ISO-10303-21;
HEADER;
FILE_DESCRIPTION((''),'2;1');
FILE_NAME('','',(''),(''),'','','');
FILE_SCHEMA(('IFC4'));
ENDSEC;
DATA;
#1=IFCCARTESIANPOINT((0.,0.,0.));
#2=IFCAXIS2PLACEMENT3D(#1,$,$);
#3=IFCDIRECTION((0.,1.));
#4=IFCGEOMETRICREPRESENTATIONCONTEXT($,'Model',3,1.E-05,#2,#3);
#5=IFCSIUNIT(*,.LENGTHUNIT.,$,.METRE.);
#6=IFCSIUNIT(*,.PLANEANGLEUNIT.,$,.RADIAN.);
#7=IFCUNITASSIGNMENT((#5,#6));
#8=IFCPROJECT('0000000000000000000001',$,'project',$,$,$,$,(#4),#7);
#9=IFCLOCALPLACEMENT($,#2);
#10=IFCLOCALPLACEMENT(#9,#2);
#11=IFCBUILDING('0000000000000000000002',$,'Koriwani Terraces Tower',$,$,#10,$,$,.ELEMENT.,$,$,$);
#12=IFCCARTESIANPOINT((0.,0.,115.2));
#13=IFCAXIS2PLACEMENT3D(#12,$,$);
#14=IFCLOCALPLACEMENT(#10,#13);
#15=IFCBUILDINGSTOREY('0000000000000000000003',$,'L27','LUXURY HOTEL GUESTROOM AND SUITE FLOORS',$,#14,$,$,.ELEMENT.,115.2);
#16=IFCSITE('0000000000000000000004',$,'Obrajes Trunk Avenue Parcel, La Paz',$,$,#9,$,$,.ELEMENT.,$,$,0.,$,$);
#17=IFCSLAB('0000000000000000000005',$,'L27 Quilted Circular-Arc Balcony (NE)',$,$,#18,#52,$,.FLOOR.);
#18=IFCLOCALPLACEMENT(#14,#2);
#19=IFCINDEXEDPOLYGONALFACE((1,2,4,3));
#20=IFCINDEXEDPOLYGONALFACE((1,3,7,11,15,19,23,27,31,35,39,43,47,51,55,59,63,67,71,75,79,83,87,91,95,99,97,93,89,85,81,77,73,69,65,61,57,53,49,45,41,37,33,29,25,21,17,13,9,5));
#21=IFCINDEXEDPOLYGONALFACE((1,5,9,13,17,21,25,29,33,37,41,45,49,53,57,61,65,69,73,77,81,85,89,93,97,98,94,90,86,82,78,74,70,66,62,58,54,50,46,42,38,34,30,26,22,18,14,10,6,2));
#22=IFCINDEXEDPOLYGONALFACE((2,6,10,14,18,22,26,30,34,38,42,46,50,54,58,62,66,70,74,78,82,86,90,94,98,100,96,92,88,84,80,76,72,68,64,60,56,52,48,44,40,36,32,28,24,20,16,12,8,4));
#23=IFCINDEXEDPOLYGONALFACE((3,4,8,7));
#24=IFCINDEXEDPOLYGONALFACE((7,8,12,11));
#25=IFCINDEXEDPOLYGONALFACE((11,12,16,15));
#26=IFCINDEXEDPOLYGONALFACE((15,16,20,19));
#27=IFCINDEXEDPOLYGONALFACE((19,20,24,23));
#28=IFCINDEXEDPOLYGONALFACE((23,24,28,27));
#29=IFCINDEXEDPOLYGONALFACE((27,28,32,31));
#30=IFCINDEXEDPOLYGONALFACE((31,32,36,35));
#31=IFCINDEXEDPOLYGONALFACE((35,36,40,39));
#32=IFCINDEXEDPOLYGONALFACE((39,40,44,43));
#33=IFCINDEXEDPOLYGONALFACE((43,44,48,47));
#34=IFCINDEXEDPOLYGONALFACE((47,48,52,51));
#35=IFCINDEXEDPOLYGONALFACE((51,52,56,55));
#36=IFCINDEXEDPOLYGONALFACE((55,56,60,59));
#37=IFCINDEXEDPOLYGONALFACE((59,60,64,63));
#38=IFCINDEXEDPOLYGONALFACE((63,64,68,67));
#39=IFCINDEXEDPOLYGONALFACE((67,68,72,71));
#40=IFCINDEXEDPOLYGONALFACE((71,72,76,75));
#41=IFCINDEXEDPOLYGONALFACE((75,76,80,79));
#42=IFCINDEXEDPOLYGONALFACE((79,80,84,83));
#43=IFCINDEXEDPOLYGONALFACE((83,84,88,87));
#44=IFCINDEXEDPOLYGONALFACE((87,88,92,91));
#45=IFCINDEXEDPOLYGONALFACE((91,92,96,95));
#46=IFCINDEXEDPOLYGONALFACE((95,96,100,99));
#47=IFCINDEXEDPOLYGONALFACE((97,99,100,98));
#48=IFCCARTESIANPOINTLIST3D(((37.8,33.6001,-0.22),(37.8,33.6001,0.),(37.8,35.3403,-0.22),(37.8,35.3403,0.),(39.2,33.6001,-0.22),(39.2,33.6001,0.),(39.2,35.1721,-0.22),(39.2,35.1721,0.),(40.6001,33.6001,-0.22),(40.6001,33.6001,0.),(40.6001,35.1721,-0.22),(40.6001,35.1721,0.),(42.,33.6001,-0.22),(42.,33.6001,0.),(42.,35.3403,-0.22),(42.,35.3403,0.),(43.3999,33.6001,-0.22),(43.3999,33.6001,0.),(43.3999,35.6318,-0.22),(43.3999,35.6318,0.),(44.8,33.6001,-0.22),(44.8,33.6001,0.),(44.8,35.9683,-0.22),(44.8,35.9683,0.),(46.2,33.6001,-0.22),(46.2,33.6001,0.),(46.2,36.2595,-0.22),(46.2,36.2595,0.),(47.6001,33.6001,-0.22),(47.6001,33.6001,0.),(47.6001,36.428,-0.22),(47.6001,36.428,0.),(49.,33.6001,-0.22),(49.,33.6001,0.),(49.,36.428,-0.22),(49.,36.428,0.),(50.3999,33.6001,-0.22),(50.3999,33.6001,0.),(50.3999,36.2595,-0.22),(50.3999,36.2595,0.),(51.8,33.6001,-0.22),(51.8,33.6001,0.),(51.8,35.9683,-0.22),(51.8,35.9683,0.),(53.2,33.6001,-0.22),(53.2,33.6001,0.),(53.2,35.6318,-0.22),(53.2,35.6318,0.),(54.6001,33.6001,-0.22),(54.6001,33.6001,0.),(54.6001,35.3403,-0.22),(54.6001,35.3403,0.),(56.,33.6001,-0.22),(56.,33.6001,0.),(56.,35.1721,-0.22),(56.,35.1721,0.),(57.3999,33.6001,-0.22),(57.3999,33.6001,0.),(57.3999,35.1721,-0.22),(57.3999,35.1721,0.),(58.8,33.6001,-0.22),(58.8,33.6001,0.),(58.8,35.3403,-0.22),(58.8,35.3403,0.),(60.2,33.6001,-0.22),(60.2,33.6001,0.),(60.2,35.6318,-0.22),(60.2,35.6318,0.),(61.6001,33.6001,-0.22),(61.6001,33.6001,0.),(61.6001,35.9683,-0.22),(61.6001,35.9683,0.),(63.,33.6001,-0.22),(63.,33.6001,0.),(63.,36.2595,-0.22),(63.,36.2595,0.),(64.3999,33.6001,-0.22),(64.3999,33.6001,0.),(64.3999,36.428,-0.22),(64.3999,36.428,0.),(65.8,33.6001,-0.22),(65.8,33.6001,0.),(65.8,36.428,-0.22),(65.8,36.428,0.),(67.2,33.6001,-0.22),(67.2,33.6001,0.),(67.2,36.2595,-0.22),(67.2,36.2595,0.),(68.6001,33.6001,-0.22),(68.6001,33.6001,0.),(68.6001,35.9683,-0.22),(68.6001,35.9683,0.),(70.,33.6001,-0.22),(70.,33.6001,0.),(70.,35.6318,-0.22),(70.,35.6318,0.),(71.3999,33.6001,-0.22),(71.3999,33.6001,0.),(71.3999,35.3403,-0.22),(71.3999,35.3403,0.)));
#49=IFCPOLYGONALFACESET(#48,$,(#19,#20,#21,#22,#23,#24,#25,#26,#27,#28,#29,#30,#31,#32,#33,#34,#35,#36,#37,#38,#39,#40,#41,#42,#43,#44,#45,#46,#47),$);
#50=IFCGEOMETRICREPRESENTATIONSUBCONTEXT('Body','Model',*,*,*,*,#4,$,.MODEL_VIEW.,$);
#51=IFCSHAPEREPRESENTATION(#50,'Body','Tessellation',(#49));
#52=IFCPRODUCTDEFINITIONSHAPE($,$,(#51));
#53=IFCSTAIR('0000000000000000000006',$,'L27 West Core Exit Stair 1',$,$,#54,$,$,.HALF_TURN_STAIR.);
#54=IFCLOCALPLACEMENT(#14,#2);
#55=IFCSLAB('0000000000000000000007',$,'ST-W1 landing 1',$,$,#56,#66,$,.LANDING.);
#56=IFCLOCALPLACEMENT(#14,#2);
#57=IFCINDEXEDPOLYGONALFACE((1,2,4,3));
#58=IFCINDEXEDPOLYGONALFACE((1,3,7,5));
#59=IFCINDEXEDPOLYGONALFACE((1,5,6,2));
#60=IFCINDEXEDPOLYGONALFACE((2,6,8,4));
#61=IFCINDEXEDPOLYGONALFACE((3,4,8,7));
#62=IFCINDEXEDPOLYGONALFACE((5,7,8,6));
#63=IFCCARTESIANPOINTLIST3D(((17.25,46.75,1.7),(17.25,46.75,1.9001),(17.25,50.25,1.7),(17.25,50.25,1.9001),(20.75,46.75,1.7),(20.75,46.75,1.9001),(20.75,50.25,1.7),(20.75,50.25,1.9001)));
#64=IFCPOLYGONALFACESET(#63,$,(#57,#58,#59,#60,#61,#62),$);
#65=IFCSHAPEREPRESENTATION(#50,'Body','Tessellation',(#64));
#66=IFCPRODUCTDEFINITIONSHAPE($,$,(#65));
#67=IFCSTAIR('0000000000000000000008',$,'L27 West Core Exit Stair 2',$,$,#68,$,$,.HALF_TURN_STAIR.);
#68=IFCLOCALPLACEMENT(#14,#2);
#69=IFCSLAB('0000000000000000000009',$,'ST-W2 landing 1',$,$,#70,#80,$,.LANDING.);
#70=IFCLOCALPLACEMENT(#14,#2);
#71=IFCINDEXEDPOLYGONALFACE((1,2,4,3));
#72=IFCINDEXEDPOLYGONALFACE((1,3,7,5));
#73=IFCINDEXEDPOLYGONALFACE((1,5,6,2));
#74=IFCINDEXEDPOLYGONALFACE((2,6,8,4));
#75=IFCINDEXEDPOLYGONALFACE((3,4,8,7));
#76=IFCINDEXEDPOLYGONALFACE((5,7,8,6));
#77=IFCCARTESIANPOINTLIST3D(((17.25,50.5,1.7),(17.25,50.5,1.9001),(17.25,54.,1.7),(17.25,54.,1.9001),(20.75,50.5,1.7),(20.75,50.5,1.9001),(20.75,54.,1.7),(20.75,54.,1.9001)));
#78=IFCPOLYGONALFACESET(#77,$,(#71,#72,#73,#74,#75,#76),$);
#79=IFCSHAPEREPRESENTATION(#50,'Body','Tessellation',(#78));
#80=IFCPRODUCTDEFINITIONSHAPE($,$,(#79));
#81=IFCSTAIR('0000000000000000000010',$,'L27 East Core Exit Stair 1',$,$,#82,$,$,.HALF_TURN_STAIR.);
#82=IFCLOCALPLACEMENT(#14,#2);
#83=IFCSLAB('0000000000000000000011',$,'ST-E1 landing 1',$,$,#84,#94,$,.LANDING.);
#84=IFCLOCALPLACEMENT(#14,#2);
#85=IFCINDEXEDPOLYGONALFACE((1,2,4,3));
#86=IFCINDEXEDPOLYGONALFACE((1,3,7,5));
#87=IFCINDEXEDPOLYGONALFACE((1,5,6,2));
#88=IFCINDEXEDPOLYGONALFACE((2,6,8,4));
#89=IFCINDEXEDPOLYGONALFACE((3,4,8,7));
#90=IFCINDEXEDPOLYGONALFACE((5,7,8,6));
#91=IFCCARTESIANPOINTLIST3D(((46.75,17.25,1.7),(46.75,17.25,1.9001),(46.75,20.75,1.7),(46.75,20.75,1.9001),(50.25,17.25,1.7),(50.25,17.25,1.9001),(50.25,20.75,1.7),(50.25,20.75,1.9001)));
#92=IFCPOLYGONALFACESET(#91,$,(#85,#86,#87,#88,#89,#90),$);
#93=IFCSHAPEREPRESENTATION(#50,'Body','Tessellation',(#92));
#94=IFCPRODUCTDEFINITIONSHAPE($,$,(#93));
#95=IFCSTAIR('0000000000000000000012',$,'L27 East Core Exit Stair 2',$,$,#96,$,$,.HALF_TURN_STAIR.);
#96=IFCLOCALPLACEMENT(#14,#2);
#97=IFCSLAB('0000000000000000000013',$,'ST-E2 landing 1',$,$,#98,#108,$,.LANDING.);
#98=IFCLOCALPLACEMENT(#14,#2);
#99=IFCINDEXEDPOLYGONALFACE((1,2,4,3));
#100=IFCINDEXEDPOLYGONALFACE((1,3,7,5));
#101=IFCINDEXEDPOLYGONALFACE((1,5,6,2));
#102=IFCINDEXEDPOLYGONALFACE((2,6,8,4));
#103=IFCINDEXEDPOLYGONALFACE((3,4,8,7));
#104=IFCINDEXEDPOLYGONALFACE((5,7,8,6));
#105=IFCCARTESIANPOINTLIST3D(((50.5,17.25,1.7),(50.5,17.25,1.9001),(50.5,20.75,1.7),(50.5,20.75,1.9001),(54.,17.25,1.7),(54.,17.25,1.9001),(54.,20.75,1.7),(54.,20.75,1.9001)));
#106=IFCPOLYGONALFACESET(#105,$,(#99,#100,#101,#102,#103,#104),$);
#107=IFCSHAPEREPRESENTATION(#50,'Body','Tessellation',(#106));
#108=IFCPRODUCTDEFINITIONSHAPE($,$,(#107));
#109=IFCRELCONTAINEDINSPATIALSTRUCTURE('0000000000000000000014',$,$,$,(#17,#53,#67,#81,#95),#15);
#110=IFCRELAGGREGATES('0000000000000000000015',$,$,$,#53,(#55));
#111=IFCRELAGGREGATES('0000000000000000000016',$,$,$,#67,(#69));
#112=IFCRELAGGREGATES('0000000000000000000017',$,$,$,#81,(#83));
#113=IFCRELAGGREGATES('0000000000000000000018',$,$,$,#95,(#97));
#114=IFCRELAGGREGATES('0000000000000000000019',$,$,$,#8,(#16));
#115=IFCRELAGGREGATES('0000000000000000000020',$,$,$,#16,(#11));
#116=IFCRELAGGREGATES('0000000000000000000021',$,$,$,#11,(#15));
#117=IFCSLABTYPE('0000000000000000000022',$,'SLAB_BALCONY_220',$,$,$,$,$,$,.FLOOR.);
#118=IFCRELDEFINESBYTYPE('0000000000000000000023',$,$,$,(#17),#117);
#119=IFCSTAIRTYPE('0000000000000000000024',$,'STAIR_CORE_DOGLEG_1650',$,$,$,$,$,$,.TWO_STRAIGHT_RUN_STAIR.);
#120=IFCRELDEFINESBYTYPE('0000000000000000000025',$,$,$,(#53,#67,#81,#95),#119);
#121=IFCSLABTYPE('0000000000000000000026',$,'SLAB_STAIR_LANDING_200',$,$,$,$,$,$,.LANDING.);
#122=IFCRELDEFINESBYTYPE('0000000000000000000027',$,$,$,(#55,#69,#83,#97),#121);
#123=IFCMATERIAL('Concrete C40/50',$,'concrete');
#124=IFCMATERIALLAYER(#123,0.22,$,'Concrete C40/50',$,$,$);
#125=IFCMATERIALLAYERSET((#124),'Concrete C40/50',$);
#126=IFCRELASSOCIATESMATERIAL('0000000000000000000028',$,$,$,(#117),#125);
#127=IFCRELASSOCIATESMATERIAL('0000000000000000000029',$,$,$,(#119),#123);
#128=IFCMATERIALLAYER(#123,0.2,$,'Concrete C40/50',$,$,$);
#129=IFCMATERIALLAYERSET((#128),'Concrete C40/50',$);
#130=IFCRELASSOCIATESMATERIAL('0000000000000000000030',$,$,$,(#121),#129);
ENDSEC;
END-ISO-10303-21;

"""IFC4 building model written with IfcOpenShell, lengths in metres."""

from ifc_helpers import new_model, si_unit, direction, frame, origin, place, context, subcontext, project, spatial, polyline, outline, extrude, material, layer, layer_set, type_object, element, aggregate, save


model = new_model("IFC4")

# Units and contexts
model_context = context("Model", 3, precision=1e-05, world=origin(), true_north=direction((0.0, 1.0)))
body_context = subcontext(model_context, "Body", "Model", "MODEL_VIEW")
ifc_project = project(units=[si_unit("LENGTHUNIT", "METRE"), si_unit("PLANEANGLEUNIT", "RADIAN")], contexts=[model_context])

# Site, building, storey
site_placement = place(None, origin())
site = spatial("IfcSite", under=ifc_project, at=site_placement, Name="Obrajes Trunk Avenue Parcel, La Paz", CompositionType="ELEMENT", RefElevation=0.0)
building_placement = place(site_placement, origin())
building = spatial("IfcBuilding", under=site, at=building_placement, Name="Koriwani Terraces Tower", CompositionType="ELEMENT")
storey_placement = place(building_placement, frame((0.0, 0.0, 115.2)))
storey = spatial("IfcBuildingStorey", under=building, at=storey_placement, Name="L27", Description="LUXURY HOTEL GUESTROOM AND SUITE FLOORS", CompositionType="ELEMENT", Elevation=115.2)

# Shared definitions
ifc_material_1 = material(Name="Concrete C40/50", Category="concrete")

# Slab
ifc_layer_1 = layer(ifc_material_1, 0.22, Name="Concrete C40/50")
ifc_layer_set_1 = layer_set([ifc_layer_1], Name="Concrete C40/50")
slab_type_1 = type_object("IfcSlabType", Name="SLAB_BALCONY_220", PredefinedType="FLOOR", material=ifc_layer_set_1)
slab_1_placement = place(storey_placement, frame((0.0, 0.0, -0.22)))
element("IfcSlab", 1, at=slab_1_placement, inside=storey, type_object=slab_type_1, Name="L27 Quilted Circular-Arc Balcony (NE)", PredefinedType="FLOOR", context=body_context, shape_type="SweptSolid", body=[
    extrude(outline(polyline([(71.3999, 33.6001), (70.0, 33.6001), (68.6001, 33.6001), (67.2, 33.6001), (65.8, 33.6001), (64.3999, 33.6001), (63.0, 33.6001), (61.6001, 33.6001), (60.2, 33.6001), (58.8, 33.6001), (57.3999, 33.6001), (56.0, 33.6001), (54.6001, 33.6001), (53.2, 33.6001), (51.8, 33.6001), (50.3999, 33.6001), (49.0, 33.6001), (47.6001, 33.6001), (46.2, 33.6001), (44.8, 33.6001), (43.3999, 33.6001), (42.0, 33.6001), (40.6001, 33.6001), (39.2, 33.6001), (37.8, 33.6001), (37.8, 35.3403), (39.2, 35.1721), (40.6001, 35.1721), (42.0, 35.3403), (43.3999, 35.6318), (44.8, 35.9683), (46.2, 36.2595), (47.6001, 36.428), (49.0, 36.428), (50.3999, 36.2595), (51.8, 35.9683), (53.2, 35.6318), (54.6001, 35.3403), (56.0, 35.1721), (57.3999, 35.1721), (58.8, 35.3403), (60.2, 35.6318), (61.6001, 35.9683), (63.0, 36.2595), (64.3999, 36.428), (65.8, 36.428), (67.2, 36.2595), (68.6001, 35.9683), (70.0, 35.6318), (71.3999, 35.3403), (71.3999, 33.6001)])), origin(), (0.0, 0.0, 1.0), 0.22),
])

# Stairs, slabs
stair_type = type_object("IfcStairType", Name="STAIR_CORE_DOGLEG_1650", PredefinedType="TWO_STRAIGHT_RUN_STAIR", material=ifc_material_1)
stair_1_placement = place(storey_placement, origin())
stair_1 = element("IfcStair", 2, at=stair_1_placement, inside=storey, type_object=stair_type, Name="L27 West Core Exit Stair 1", PredefinedType="HALF_TURN_STAIR")
ifc_layer_2 = layer(ifc_material_1, 0.2, Name="Concrete C40/50")
ifc_layer_set_2 = layer_set([ifc_layer_2], Name="Concrete C40/50")
slab_type_2 = type_object("IfcSlabType", Name="SLAB_STAIR_LANDING_200", PredefinedType="LANDING", material=ifc_layer_set_2)
slab_2_placement = place(storey_placement, frame((0.0, 0.0, 1.7)))
slab_2 = element("IfcSlab", 3, at=slab_2_placement, type_object=slab_type_2, Name="ST-W1 landing 1", PredefinedType="LANDING", context=body_context, shape_type="SweptSolid", body=[
    extrude(outline(polyline([(20.75, 46.75), (20.75, 50.25), (17.25, 50.25), (17.25, 46.75), (20.75, 46.75)])), origin(), (0.0, 0.0, 1.0), 0.2002),
])
aggregate(stair_1, [slab_2])
stair_2_placement = place(storey_placement, origin())
stair_2 = element("IfcStair", 4, at=stair_2_placement, inside=storey, type_object=stair_type, Name="L27 West Core Exit Stair 2", PredefinedType="HALF_TURN_STAIR")
slab_3_placement = place(storey_placement, frame((0.0, 0.0, 1.7)))
slab_3 = element("IfcSlab", 5, at=slab_3_placement, type_object=slab_type_2, Name="ST-W2 landing 1", PredefinedType="LANDING", context=body_context, shape_type="SweptSolid", body=[
    extrude(outline(polyline([(17.25, 54.0), (17.25, 50.5), (20.75, 50.5), (20.75, 54.0), (17.25, 54.0)])), origin(), (0.0, 0.0, 1.0), 0.2002),
])
aggregate(stair_2, [slab_3])
stair_3_placement = place(storey_placement, origin())
stair_3 = element("IfcStair", 6, at=stair_3_placement, inside=storey, type_object=stair_type, Name="L27 East Core Exit Stair 1", PredefinedType="HALF_TURN_STAIR")
slab_4_placement = place(storey_placement, frame((0.0, 0.0, 1.7)))
slab_4 = element("IfcSlab", 7, at=slab_4_placement, type_object=slab_type_2, Name="ST-E1 landing 1", PredefinedType="LANDING", context=body_context, shape_type="SweptSolid", body=[
    extrude(outline(polyline([(46.75, 17.25), (50.25, 17.25), (50.25, 20.75), (46.75, 20.75), (46.75, 17.25)])), origin(), (0.0, 0.0, 1.0), 0.2002),
])
aggregate(stair_3, [slab_4])
stair_4_placement = place(storey_placement, origin())
stair_4 = element("IfcStair", 8, at=stair_4_placement, inside=storey, type_object=stair_type, Name="L27 East Core Exit Stair 2", PredefinedType="HALF_TURN_STAIR")
slab_5_placement = place(storey_placement, frame((0.0, 0.0, 1.7)))
slab_5 = element("IfcSlab", 9, at=slab_5_placement, type_object=slab_type_2, Name="ST-E2 landing 1", PredefinedType="LANDING", context=body_context, shape_type="SweptSolid", body=[
    extrude(outline(polyline([(54.0, 20.75), (50.5, 20.75), (50.5, 17.25), (54.0, 17.25), (54.0, 20.75)])), origin(), (0.0, 0.0, 1.0), 0.2002),
])
aggregate(stair_4, [slab_5])

save(model, "model.ifc")
